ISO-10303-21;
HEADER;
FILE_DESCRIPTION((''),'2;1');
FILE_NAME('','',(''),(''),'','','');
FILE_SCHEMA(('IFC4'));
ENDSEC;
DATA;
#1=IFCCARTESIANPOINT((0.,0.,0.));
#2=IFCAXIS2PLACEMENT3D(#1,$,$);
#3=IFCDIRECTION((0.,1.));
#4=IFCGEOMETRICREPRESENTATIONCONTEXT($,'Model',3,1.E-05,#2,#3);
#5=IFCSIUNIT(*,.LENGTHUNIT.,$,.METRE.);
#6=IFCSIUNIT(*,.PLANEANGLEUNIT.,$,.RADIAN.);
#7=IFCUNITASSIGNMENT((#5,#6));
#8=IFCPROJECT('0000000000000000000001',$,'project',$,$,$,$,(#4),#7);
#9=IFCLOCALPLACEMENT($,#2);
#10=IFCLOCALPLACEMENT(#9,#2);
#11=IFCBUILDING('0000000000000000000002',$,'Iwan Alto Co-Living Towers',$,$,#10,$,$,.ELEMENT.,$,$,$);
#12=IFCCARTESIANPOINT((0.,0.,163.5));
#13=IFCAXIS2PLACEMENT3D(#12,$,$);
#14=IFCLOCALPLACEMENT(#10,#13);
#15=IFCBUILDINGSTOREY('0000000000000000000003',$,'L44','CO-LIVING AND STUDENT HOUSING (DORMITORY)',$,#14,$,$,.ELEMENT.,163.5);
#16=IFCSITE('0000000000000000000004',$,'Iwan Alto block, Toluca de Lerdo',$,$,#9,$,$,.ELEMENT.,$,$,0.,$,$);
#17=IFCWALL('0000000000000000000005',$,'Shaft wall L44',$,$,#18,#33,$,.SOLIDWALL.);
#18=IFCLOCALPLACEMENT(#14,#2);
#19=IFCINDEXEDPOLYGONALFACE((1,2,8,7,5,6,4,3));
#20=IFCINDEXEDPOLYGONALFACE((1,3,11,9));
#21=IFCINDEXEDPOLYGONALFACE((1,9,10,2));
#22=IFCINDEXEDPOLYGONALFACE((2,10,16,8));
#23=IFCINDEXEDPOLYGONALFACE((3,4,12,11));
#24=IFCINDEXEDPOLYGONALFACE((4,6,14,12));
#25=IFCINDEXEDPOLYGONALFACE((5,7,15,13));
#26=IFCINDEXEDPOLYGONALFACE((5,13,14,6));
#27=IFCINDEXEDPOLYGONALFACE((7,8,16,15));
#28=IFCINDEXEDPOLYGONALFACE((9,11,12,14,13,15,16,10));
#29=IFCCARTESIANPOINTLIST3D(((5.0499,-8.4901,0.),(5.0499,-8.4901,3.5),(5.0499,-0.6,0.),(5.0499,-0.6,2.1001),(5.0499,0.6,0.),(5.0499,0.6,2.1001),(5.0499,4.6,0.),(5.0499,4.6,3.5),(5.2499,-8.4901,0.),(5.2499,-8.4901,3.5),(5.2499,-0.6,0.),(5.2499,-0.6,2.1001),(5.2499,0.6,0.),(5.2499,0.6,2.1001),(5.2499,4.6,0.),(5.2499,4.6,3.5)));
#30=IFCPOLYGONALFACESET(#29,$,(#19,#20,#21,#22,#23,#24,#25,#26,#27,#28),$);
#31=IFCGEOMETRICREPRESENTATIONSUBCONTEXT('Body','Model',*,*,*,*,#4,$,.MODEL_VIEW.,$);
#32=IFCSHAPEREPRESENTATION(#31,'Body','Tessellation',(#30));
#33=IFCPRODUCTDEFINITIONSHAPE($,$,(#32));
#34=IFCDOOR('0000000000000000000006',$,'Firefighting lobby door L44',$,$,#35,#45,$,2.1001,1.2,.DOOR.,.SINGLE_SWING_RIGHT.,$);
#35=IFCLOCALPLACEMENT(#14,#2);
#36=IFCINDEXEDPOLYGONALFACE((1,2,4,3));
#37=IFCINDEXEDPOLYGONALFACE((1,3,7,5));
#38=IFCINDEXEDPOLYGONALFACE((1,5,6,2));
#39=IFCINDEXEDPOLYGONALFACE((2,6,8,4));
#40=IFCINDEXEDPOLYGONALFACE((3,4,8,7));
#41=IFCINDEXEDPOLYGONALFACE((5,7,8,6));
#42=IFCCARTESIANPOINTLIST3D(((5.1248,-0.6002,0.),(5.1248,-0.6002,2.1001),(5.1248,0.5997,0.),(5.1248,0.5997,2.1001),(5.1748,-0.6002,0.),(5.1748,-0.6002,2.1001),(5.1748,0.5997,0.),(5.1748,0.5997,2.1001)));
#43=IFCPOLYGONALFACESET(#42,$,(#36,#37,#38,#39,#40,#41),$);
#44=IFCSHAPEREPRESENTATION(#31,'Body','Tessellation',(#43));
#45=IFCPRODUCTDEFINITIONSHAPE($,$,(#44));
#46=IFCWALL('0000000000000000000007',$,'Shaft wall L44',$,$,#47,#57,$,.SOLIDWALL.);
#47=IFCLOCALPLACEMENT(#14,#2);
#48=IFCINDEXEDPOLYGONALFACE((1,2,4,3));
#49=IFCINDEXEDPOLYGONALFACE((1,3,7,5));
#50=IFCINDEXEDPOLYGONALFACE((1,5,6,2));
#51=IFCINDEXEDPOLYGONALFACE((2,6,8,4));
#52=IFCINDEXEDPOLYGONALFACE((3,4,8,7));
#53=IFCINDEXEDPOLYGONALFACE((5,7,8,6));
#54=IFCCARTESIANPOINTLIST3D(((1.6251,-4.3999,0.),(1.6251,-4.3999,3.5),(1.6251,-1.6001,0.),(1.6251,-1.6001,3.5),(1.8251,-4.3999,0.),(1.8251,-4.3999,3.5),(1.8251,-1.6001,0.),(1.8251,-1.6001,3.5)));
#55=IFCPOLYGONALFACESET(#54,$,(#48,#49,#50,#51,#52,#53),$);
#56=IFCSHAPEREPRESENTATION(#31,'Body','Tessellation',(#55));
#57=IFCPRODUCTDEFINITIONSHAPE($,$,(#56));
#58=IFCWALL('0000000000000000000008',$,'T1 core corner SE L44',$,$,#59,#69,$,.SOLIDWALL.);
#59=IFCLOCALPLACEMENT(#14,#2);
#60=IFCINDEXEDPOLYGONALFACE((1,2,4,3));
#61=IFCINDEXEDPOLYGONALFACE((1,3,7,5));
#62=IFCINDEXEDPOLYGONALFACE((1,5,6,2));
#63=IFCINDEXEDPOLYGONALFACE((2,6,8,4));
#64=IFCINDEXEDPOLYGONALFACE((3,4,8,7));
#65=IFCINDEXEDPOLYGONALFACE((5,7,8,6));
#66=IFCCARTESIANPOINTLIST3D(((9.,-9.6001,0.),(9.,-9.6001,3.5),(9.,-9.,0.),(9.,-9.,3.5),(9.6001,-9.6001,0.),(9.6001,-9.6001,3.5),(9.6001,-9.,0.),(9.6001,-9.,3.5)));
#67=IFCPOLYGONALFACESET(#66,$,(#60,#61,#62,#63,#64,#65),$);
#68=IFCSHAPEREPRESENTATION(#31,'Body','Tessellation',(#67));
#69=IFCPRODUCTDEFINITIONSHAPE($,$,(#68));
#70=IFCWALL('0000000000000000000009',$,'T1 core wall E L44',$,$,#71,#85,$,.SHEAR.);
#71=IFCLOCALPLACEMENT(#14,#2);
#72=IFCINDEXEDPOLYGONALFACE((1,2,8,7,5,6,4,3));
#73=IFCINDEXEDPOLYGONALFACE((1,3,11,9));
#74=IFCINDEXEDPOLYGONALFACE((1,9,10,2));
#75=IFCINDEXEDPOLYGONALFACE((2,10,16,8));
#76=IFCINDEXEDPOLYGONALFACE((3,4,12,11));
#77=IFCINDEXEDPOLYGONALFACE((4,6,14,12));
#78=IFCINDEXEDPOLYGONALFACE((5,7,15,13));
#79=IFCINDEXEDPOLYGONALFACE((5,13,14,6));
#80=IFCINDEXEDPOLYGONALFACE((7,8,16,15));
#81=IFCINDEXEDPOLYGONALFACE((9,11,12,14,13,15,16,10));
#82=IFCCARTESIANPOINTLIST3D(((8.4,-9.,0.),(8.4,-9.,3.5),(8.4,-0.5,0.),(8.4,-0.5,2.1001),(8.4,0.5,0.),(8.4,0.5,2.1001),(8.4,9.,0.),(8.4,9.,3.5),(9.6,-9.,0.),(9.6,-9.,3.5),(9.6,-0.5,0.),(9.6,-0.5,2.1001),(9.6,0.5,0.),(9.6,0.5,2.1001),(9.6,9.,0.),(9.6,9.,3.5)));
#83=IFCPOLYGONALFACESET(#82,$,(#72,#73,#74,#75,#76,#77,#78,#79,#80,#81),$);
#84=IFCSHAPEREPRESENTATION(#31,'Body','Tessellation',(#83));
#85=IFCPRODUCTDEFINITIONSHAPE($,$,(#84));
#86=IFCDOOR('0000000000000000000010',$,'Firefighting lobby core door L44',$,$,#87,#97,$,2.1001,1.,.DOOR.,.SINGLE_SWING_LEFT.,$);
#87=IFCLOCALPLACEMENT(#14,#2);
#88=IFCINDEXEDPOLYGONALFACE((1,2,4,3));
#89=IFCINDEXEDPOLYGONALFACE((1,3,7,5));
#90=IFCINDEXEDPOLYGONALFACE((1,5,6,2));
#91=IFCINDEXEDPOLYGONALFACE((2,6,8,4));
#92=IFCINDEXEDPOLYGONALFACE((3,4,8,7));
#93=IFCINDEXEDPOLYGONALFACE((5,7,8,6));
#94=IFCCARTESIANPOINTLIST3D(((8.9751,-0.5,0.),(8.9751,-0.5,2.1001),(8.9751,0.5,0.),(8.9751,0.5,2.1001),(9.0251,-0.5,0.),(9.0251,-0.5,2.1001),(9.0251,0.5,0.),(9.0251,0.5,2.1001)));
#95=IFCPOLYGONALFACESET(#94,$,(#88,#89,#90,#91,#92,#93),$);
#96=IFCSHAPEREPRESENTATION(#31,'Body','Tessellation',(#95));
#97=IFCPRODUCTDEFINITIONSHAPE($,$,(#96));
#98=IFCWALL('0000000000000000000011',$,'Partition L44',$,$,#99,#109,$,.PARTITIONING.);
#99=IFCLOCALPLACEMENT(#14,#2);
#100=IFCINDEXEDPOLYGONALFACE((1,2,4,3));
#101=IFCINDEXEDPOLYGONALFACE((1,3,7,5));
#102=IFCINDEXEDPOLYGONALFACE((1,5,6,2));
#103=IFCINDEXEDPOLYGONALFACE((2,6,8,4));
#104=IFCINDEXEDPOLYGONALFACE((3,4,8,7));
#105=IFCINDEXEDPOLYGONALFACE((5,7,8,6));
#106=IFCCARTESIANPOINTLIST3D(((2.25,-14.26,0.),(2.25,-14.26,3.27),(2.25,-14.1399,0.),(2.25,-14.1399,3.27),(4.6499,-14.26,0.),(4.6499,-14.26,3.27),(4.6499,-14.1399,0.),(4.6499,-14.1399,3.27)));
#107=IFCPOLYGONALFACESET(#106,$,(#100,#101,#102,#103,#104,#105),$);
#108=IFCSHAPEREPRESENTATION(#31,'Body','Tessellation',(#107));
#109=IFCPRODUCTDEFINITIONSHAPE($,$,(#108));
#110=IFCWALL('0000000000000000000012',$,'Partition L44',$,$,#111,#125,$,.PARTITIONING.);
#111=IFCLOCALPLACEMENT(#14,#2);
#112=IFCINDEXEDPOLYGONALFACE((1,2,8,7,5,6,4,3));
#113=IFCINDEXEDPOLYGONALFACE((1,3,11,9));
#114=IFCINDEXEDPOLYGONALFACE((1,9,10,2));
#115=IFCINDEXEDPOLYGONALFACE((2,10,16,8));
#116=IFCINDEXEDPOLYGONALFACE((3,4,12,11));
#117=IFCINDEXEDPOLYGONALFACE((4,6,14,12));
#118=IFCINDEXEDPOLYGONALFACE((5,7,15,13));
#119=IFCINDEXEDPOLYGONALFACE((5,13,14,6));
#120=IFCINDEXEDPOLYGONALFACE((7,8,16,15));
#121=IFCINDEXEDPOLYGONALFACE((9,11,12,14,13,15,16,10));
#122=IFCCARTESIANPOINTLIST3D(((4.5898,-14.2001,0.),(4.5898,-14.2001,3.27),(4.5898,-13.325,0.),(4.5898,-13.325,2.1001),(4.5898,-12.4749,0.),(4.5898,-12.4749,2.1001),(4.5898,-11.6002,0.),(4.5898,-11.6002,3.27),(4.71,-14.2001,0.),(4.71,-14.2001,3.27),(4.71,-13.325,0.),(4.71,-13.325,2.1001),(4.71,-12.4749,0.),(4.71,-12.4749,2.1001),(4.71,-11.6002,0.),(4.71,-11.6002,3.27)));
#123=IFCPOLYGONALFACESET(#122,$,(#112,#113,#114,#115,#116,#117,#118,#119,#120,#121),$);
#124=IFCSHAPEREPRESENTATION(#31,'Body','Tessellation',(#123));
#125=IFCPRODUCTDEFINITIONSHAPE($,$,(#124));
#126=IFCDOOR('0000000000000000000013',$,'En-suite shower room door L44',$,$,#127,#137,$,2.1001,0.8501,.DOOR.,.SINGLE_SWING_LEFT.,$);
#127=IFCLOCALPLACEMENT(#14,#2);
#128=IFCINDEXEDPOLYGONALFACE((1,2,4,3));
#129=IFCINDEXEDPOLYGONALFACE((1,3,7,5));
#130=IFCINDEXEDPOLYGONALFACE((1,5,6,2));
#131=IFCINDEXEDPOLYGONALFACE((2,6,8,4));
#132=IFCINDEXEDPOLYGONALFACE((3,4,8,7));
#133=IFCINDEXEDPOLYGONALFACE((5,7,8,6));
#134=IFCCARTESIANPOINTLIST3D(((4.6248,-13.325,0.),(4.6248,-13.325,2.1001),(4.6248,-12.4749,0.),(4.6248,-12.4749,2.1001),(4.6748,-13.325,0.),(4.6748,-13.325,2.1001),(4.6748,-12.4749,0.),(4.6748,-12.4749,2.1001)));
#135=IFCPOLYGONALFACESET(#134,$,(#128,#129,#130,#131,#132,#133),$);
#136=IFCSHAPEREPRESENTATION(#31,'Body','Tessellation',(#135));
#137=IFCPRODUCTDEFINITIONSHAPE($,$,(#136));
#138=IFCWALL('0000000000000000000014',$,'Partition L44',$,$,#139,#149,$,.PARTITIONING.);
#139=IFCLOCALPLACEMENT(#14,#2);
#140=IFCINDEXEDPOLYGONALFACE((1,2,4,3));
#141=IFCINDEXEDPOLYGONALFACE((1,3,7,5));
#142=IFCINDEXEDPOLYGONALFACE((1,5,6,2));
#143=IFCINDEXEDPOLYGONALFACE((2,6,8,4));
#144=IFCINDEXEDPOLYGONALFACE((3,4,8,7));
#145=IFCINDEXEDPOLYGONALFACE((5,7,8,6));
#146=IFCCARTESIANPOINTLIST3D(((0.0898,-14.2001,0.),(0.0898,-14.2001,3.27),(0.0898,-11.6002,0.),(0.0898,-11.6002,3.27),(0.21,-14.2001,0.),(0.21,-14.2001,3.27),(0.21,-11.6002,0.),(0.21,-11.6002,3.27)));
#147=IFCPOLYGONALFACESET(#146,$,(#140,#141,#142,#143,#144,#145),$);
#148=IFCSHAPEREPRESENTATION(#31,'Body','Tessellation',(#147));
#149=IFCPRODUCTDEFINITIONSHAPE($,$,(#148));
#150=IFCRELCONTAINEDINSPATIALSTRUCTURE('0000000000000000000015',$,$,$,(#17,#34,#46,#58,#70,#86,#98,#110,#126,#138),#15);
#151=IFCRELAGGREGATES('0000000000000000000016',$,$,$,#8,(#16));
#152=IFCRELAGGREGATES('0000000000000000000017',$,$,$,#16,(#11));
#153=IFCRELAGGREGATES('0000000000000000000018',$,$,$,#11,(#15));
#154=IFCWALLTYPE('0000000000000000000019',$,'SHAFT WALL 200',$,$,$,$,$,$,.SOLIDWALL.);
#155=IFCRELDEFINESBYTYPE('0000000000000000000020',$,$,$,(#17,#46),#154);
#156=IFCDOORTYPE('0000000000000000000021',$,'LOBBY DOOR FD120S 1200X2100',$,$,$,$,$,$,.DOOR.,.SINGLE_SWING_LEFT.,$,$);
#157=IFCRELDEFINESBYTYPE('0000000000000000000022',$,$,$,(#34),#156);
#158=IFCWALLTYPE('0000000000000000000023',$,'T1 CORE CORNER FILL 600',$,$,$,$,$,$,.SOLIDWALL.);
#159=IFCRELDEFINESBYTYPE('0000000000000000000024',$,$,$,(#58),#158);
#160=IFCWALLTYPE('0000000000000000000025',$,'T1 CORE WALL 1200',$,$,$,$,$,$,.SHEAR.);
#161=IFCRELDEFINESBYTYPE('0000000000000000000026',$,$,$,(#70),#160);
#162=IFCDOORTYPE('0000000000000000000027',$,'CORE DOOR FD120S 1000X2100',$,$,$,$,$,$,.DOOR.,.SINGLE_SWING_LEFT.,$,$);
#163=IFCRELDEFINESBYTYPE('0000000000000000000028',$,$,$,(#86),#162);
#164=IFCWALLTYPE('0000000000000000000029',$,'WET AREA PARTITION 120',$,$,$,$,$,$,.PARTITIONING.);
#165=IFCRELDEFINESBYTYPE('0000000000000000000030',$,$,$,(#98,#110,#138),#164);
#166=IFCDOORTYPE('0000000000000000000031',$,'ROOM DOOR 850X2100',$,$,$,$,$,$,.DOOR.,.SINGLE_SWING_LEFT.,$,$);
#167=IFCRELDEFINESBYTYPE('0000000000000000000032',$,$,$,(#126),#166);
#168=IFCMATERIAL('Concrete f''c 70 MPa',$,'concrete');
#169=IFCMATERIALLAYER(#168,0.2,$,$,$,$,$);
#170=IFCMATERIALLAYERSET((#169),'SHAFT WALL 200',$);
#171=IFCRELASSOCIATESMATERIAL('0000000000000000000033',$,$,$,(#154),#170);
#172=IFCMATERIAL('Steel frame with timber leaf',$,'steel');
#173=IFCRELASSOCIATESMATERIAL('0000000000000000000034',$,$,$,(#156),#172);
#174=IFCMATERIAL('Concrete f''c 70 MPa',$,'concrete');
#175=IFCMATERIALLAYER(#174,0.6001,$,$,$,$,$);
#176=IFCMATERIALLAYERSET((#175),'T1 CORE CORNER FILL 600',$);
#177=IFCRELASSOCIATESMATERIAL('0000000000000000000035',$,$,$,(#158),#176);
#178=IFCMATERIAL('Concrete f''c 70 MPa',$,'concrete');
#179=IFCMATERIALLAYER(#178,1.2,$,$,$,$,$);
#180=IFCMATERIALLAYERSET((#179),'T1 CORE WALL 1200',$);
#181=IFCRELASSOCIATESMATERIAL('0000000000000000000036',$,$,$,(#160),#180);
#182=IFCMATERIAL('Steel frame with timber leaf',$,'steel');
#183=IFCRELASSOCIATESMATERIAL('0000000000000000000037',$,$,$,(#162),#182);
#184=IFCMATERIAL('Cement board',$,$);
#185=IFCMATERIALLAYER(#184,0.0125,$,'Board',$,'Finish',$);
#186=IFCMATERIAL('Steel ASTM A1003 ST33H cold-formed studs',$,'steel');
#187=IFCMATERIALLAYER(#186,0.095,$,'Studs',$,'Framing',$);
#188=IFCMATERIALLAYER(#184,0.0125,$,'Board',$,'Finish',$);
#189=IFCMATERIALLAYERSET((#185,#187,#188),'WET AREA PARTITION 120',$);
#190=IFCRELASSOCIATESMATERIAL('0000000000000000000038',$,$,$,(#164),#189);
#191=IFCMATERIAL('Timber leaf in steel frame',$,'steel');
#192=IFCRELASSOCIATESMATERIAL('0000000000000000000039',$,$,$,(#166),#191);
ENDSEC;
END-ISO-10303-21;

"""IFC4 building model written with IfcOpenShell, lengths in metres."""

from ifc_helpers import new_model, si_unit, direction, frame, frame_2d, origin, place, context, subcontext, project, spatial, rectangle, extrude, material, layer, layer_set, type_object, element, fill, save


model = new_model("IFC4")

# Units and contexts
model_context = context("Model", 3, precision=1e-05, world=origin(), true_north=direction((0.0, 1.0)))
body_context = subcontext(model_context, "Body", "Model", "MODEL_VIEW")
ifc_project = project(units=[si_unit("LENGTHUNIT", "METRE"), si_unit("PLANEANGLEUNIT", "RADIAN")], contexts=[model_context])

# Site, building, storey
site_placement = place(None, origin())
site = spatial("IfcSite", under=ifc_project, at=site_placement, Name="Iwan Alto block, Toluca de Lerdo", CompositionType="ELEMENT", RefElevation=0.0)
building_placement = place(site_placement, origin())
building = spatial("IfcBuilding", under=site, at=building_placement, Name="Iwan Alto Co-Living Towers", CompositionType="ELEMENT")
storey_placement = place(building_placement, frame((0.0, 0.0, 163.5)))
storey = spatial("IfcBuildingStorey", under=building, at=storey_placement, Name="L44", Description="CO-LIVING AND STUDENT HOUSING (DORMITORY)", CompositionType="ELEMENT", Elevation=163.5)

# Shared definitions
ifc_material_1 = material(Name="Steel ASTM A1003 ST33H cold-formed studs", Category="steel")

# Wall, opening, door
ifc_material_2 = material(Name="Concrete f'c 70 MPa", Category="concrete")
ifc_layer_1 = layer(ifc_material_2, 0.2)
ifc_layer_set_1 = layer_set([ifc_layer_1], Name="SHAFT WALL 200")
wall_type_1 = type_object("IfcWallType", Name="SHAFT WALL 200", PredefinedType="SOLIDWALL", material=ifc_layer_set_1)
wall_1_placement = place(storey_placement, frame((5.1499, -8.49, 0.0), z_axis=(0.0, 0.0, 1.0), x_axis=(0.0, 1.0, 0.0)))
wall_1 = element("IfcWall", 1, at=wall_1_placement, inside=storey, type_object=wall_type_1, Name="Shaft wall L44", PredefinedType="SOLIDWALL", context=body_context, shape_type="SweptSolid", body=[
    extrude(rectangle(XDim=13.0901, YDim=0.2, at=frame_2d((6.5449, 0.0))), origin(), (0.0, 0.0, 1.0), 3.5),
])
opening_1_placement = place(wall_1_placement, frame((7.8899, 0.0, 0.0)))
opening_1 = element("IfcOpeningElement", 2, at=opening_1_placement, cuts=wall_1, PredefinedType="OPENING", context=body_context, shape_type="SweptSolid", body=[
    extrude(rectangle(XDim=1.2, YDim=2.1001, at=frame_2d((0.6001, 1.05))), frame((0.0, 0.1099, 0.0), z_axis=(0.0, -1.0, 0.0), x_axis=(1.0, 0.0, 0.0)), (0.0, 0.0, 1.0), 0.22),
])
ifc_material_3 = material(Name="Steel frame with timber leaf", Category="steel")
door_type_1 = type_object("IfcDoorType", Name="LOBBY DOOR FD120S 1200X2100", OperationType="SINGLE_SWING_LEFT", PredefinedType="DOOR", material=ifc_material_3)
door_1_placement = place(opening_1_placement, frame((1.2, 0.0, 0.0), z_axis=(0.0, 0.0, 1.0), x_axis=(-1.0, 0.0, 0.0)))
door_1 = element("IfcDoor", 3, at=door_1_placement, inside=storey, type_object=door_type_1, Name="Firefighting lobby door L44", OperationType="SINGLE_SWING_RIGHT", OverallHeight=2.1001, OverallWidth=1.2, PredefinedType="DOOR", context=body_context, shape_type="SweptSolid", body=[
    extrude(rectangle(XDim=1.2, YDim=2.1001, at=frame_2d((0.6001, 1.05))), frame((0.0, 0.0249, 0.0), z_axis=(0.0, -1.0, 0.0), x_axis=(1.0, 0.0, 0.0)), (0.0, 0.0, 1.0), 0.05),
])
fill(opening_1, door_1)

# Walls
wall_2_placement = place(storey_placement, frame((1.7251, -4.3999, 0.0), z_axis=(0.0, 0.0, 1.0), x_axis=(0.0, 1.0, 0.0)))
element("IfcWall", 4, at=wall_2_placement, inside=storey, type_object=wall_type_1, Name="Shaft wall L44", PredefinedType="SOLIDWALL", context=body_context, shape_type="SweptSolid", body=[
    extrude(rectangle(XDim=2.7998, YDim=0.2, at=frame_2d((1.3999, 0.0))), origin(), (0.0, 0.0, 1.0), 3.5),
])
ifc_material_4 = material(Name="Concrete f'c 70 MPa", Category="concrete")
ifc_layer_2 = layer(ifc_material_4, 0.6001)
ifc_layer_set_2 = layer_set([ifc_layer_2], Name="T1 CORE CORNER FILL 600")
wall_type_2 = type_object("IfcWallType", Name="T1 CORE CORNER FILL 600", PredefinedType="SOLIDWALL", material=ifc_layer_set_2)
wall_3_placement = place(storey_placement, frame((9.0, -9.3, 0.0), z_axis=(0.0, 0.0, 1.0), x_axis=(1.0, 0.0, 0.0)))
element("IfcWall", 5, at=wall_3_placement, inside=storey, type_object=wall_type_2, Name="T1 core corner SE L44", PredefinedType="SOLIDWALL", context=body_context, shape_type="SweptSolid", body=[
    extrude(rectangle(XDim=0.6001, YDim=0.6001, at=frame_2d((0.3, 0.0))), origin(), (0.0, 0.0, 1.0), 3.5),
])

# Wall, opening, door
ifc_material_5 = material(Name="Concrete f'c 70 MPa", Category="concrete")
ifc_layer_3 = layer(ifc_material_5, 1.2)
ifc_layer_set_3 = layer_set([ifc_layer_3], Name="T1 CORE WALL 1200")
wall_type_3 = type_object("IfcWallType", Name="T1 CORE WALL 1200", PredefinedType="SHEAR", material=ifc_layer_set_3)
wall_4_placement = place(storey_placement, frame((9.0, -9.0, 0.0), z_axis=(0.0, 0.0, 1.0), x_axis=(0.0, 1.0, 0.0)))
wall_4 = element("IfcWall", 6, at=wall_4_placement, inside=storey, type_object=wall_type_3, Name="T1 core wall E L44", PredefinedType="SHEAR", context=body_context, shape_type="SweptSolid", body=[
    extrude(rectangle(XDim=18.0, YDim=1.2, at=frame_2d((9.0, 0.0))), origin(), (0.0, 0.0, 1.0), 3.5),
])
opening_2_placement = place(wall_4_placement, frame((8.5, 0.0, 0.0)))
opening_2 = element("IfcOpeningElement", 7, at=opening_2_placement, cuts=wall_4, PredefinedType="OPENING", context=body_context, shape_type="SweptSolid", body=[
    extrude(rectangle(XDim=1.0, YDim=2.1001, at=frame_2d((0.5, 1.05))), frame((0.0, 0.6099, 0.0), z_axis=(0.0, -1.0, 0.0), x_axis=(1.0, 0.0, 0.0)), (0.0, 0.0, 1.0), 1.22),
])
ifc_material_6 = material(Name="Steel frame with timber leaf", Category="steel")
door_type_2 = type_object("IfcDoorType", Name="CORE DOOR FD120S 1000X2100", OperationType="SINGLE_SWING_LEFT", PredefinedType="DOOR", material=ifc_material_6)
door_2_placement = place(opening_2_placement, origin())
door_2 = element("IfcDoor", 8, at=door_2_placement, inside=storey, type_object=door_type_2, Name="Firefighting lobby core door L44", OperationType="SINGLE_SWING_LEFT", OverallHeight=2.1001, OverallWidth=1.0, PredefinedType="DOOR", context=body_context, shape_type="SweptSolid", body=[
    extrude(rectangle(XDim=1.0, YDim=2.1001, at=frame_2d((0.5, 1.05))), frame((0.0, 0.0249, 0.0), z_axis=(0.0, -1.0, 0.0), x_axis=(1.0, 0.0, 0.0)), (0.0, 0.0, 1.0), 0.05),
])
fill(opening_2, door_2)

# Wall
ifc_material_7 = material(Name="Cement board")
ifc_layer_4 = layer(ifc_material_7, 0.0125, Name="Board", Category="Finish")
ifc_layer_5 = layer(ifc_material_1, 0.095, Name="Studs", Category="Framing")
ifc_layer_6 = layer(ifc_material_7, 0.0125, Name="Board", Category="Finish")
ifc_layer_set_4 = layer_set([ifc_layer_4, ifc_layer_5, ifc_layer_6], Name="WET AREA PARTITION 120")
wall_type_4 = type_object("IfcWallType", Name="WET AREA PARTITION 120", PredefinedType="PARTITIONING", material=ifc_layer_set_4)
wall_5_placement = place(storey_placement, frame((2.25, -14.2, 0.0), z_axis=(0.0, 0.0, 1.0), x_axis=(1.0, 0.0, 0.0)))
element("IfcWall", 9, at=wall_5_placement, inside=storey, type_object=wall_type_4, Name="Partition L44", PredefinedType="PARTITIONING", context=body_context, shape_type="SweptSolid", body=[
    extrude(rectangle(XDim=2.3999, YDim=0.1201, at=frame_2d((1.2, 0.0))), origin(), (0.0, 0.0, 1.0), 3.27),
])

# Wall, opening, door
wall_6_placement = place(storey_placement, frame((4.6499, -14.2, 0.0), z_axis=(0.0, 0.0, 1.0), x_axis=(0.0, 1.0, 0.0)))
wall_6 = element("IfcWall", 10, at=wall_6_placement, inside=storey, type_object=wall_type_4, Name="Partition L44", PredefinedType="PARTITIONING", context=body_context, shape_type="SweptSolid", body=[
    extrude(rectangle(XDim=2.5999, YDim=0.1201, at=frame_2d((1.2998, 0.0))), origin(), (0.0, 0.0, 1.0), 3.27),
])
opening_3_placement = place(wall_6_placement, frame((0.875, 0.0, 0.0)))
opening_3 = element("IfcOpeningElement", 11, at=opening_3_placement, cuts=wall_6, PredefinedType="OPENING", context=body_context, shape_type="SweptSolid", body=[
    extrude(rectangle(XDim=0.8501, YDim=2.1001, at=frame_2d((0.425, 1.05))), frame((0.0, 0.0701, 0.0), z_axis=(0.0, -1.0, 0.0), x_axis=(1.0, 0.0, 0.0)), (0.0, 0.0, 1.0), 0.1401),
])
ifc_material_8 = material(Name="Timber leaf in steel frame", Category="steel")
door_type_3 = type_object("IfcDoorType", Name="ROOM DOOR 850X2100", OperationType="SINGLE_SWING_LEFT", PredefinedType="DOOR", material=ifc_material_8)
door_3_placement = place(opening_3_placement, frame((0.8501, 0.0, 0.0), z_axis=(0.0, 0.0, 1.0), x_axis=(-1.0, 0.0, 0.0)))
door_3 = element("IfcDoor", 12, at=door_3_placement, inside=storey, type_object=door_type_3, Name="En-suite shower room door L44", OperationType="SINGLE_SWING_LEFT", OverallHeight=2.1001, OverallWidth=0.8501, PredefinedType="DOOR", context=body_context, shape_type="SweptSolid", body=[
    extrude(rectangle(XDim=0.8501, YDim=2.1001, at=frame_2d((0.425, 1.05))), frame((0.0, 0.0249, 0.0), z_axis=(0.0, -1.0, 0.0), x_axis=(1.0, 0.0, 0.0)), (0.0, 0.0, 1.0), 0.05),
])
fill(opening_3, door_3)

# Wall
wall_7_placement = place(storey_placement, frame((0.1499, -14.2, 0.0), z_axis=(0.0, 0.0, 1.0), x_axis=(0.0, 1.0, 0.0)))
element("IfcWall", 13, at=wall_7_placement, inside=storey, type_object=wall_type_4, Name="Partition L44", PredefinedType="PARTITIONING", context=body_context, shape_type="SweptSolid", body=[
    extrude(rectangle(XDim=2.5999, YDim=0.1201, at=frame_2d((1.2998, 0.0))), origin(), (0.0, 0.0, 1.0), 3.27),
])

save(model, "model.ifc")
